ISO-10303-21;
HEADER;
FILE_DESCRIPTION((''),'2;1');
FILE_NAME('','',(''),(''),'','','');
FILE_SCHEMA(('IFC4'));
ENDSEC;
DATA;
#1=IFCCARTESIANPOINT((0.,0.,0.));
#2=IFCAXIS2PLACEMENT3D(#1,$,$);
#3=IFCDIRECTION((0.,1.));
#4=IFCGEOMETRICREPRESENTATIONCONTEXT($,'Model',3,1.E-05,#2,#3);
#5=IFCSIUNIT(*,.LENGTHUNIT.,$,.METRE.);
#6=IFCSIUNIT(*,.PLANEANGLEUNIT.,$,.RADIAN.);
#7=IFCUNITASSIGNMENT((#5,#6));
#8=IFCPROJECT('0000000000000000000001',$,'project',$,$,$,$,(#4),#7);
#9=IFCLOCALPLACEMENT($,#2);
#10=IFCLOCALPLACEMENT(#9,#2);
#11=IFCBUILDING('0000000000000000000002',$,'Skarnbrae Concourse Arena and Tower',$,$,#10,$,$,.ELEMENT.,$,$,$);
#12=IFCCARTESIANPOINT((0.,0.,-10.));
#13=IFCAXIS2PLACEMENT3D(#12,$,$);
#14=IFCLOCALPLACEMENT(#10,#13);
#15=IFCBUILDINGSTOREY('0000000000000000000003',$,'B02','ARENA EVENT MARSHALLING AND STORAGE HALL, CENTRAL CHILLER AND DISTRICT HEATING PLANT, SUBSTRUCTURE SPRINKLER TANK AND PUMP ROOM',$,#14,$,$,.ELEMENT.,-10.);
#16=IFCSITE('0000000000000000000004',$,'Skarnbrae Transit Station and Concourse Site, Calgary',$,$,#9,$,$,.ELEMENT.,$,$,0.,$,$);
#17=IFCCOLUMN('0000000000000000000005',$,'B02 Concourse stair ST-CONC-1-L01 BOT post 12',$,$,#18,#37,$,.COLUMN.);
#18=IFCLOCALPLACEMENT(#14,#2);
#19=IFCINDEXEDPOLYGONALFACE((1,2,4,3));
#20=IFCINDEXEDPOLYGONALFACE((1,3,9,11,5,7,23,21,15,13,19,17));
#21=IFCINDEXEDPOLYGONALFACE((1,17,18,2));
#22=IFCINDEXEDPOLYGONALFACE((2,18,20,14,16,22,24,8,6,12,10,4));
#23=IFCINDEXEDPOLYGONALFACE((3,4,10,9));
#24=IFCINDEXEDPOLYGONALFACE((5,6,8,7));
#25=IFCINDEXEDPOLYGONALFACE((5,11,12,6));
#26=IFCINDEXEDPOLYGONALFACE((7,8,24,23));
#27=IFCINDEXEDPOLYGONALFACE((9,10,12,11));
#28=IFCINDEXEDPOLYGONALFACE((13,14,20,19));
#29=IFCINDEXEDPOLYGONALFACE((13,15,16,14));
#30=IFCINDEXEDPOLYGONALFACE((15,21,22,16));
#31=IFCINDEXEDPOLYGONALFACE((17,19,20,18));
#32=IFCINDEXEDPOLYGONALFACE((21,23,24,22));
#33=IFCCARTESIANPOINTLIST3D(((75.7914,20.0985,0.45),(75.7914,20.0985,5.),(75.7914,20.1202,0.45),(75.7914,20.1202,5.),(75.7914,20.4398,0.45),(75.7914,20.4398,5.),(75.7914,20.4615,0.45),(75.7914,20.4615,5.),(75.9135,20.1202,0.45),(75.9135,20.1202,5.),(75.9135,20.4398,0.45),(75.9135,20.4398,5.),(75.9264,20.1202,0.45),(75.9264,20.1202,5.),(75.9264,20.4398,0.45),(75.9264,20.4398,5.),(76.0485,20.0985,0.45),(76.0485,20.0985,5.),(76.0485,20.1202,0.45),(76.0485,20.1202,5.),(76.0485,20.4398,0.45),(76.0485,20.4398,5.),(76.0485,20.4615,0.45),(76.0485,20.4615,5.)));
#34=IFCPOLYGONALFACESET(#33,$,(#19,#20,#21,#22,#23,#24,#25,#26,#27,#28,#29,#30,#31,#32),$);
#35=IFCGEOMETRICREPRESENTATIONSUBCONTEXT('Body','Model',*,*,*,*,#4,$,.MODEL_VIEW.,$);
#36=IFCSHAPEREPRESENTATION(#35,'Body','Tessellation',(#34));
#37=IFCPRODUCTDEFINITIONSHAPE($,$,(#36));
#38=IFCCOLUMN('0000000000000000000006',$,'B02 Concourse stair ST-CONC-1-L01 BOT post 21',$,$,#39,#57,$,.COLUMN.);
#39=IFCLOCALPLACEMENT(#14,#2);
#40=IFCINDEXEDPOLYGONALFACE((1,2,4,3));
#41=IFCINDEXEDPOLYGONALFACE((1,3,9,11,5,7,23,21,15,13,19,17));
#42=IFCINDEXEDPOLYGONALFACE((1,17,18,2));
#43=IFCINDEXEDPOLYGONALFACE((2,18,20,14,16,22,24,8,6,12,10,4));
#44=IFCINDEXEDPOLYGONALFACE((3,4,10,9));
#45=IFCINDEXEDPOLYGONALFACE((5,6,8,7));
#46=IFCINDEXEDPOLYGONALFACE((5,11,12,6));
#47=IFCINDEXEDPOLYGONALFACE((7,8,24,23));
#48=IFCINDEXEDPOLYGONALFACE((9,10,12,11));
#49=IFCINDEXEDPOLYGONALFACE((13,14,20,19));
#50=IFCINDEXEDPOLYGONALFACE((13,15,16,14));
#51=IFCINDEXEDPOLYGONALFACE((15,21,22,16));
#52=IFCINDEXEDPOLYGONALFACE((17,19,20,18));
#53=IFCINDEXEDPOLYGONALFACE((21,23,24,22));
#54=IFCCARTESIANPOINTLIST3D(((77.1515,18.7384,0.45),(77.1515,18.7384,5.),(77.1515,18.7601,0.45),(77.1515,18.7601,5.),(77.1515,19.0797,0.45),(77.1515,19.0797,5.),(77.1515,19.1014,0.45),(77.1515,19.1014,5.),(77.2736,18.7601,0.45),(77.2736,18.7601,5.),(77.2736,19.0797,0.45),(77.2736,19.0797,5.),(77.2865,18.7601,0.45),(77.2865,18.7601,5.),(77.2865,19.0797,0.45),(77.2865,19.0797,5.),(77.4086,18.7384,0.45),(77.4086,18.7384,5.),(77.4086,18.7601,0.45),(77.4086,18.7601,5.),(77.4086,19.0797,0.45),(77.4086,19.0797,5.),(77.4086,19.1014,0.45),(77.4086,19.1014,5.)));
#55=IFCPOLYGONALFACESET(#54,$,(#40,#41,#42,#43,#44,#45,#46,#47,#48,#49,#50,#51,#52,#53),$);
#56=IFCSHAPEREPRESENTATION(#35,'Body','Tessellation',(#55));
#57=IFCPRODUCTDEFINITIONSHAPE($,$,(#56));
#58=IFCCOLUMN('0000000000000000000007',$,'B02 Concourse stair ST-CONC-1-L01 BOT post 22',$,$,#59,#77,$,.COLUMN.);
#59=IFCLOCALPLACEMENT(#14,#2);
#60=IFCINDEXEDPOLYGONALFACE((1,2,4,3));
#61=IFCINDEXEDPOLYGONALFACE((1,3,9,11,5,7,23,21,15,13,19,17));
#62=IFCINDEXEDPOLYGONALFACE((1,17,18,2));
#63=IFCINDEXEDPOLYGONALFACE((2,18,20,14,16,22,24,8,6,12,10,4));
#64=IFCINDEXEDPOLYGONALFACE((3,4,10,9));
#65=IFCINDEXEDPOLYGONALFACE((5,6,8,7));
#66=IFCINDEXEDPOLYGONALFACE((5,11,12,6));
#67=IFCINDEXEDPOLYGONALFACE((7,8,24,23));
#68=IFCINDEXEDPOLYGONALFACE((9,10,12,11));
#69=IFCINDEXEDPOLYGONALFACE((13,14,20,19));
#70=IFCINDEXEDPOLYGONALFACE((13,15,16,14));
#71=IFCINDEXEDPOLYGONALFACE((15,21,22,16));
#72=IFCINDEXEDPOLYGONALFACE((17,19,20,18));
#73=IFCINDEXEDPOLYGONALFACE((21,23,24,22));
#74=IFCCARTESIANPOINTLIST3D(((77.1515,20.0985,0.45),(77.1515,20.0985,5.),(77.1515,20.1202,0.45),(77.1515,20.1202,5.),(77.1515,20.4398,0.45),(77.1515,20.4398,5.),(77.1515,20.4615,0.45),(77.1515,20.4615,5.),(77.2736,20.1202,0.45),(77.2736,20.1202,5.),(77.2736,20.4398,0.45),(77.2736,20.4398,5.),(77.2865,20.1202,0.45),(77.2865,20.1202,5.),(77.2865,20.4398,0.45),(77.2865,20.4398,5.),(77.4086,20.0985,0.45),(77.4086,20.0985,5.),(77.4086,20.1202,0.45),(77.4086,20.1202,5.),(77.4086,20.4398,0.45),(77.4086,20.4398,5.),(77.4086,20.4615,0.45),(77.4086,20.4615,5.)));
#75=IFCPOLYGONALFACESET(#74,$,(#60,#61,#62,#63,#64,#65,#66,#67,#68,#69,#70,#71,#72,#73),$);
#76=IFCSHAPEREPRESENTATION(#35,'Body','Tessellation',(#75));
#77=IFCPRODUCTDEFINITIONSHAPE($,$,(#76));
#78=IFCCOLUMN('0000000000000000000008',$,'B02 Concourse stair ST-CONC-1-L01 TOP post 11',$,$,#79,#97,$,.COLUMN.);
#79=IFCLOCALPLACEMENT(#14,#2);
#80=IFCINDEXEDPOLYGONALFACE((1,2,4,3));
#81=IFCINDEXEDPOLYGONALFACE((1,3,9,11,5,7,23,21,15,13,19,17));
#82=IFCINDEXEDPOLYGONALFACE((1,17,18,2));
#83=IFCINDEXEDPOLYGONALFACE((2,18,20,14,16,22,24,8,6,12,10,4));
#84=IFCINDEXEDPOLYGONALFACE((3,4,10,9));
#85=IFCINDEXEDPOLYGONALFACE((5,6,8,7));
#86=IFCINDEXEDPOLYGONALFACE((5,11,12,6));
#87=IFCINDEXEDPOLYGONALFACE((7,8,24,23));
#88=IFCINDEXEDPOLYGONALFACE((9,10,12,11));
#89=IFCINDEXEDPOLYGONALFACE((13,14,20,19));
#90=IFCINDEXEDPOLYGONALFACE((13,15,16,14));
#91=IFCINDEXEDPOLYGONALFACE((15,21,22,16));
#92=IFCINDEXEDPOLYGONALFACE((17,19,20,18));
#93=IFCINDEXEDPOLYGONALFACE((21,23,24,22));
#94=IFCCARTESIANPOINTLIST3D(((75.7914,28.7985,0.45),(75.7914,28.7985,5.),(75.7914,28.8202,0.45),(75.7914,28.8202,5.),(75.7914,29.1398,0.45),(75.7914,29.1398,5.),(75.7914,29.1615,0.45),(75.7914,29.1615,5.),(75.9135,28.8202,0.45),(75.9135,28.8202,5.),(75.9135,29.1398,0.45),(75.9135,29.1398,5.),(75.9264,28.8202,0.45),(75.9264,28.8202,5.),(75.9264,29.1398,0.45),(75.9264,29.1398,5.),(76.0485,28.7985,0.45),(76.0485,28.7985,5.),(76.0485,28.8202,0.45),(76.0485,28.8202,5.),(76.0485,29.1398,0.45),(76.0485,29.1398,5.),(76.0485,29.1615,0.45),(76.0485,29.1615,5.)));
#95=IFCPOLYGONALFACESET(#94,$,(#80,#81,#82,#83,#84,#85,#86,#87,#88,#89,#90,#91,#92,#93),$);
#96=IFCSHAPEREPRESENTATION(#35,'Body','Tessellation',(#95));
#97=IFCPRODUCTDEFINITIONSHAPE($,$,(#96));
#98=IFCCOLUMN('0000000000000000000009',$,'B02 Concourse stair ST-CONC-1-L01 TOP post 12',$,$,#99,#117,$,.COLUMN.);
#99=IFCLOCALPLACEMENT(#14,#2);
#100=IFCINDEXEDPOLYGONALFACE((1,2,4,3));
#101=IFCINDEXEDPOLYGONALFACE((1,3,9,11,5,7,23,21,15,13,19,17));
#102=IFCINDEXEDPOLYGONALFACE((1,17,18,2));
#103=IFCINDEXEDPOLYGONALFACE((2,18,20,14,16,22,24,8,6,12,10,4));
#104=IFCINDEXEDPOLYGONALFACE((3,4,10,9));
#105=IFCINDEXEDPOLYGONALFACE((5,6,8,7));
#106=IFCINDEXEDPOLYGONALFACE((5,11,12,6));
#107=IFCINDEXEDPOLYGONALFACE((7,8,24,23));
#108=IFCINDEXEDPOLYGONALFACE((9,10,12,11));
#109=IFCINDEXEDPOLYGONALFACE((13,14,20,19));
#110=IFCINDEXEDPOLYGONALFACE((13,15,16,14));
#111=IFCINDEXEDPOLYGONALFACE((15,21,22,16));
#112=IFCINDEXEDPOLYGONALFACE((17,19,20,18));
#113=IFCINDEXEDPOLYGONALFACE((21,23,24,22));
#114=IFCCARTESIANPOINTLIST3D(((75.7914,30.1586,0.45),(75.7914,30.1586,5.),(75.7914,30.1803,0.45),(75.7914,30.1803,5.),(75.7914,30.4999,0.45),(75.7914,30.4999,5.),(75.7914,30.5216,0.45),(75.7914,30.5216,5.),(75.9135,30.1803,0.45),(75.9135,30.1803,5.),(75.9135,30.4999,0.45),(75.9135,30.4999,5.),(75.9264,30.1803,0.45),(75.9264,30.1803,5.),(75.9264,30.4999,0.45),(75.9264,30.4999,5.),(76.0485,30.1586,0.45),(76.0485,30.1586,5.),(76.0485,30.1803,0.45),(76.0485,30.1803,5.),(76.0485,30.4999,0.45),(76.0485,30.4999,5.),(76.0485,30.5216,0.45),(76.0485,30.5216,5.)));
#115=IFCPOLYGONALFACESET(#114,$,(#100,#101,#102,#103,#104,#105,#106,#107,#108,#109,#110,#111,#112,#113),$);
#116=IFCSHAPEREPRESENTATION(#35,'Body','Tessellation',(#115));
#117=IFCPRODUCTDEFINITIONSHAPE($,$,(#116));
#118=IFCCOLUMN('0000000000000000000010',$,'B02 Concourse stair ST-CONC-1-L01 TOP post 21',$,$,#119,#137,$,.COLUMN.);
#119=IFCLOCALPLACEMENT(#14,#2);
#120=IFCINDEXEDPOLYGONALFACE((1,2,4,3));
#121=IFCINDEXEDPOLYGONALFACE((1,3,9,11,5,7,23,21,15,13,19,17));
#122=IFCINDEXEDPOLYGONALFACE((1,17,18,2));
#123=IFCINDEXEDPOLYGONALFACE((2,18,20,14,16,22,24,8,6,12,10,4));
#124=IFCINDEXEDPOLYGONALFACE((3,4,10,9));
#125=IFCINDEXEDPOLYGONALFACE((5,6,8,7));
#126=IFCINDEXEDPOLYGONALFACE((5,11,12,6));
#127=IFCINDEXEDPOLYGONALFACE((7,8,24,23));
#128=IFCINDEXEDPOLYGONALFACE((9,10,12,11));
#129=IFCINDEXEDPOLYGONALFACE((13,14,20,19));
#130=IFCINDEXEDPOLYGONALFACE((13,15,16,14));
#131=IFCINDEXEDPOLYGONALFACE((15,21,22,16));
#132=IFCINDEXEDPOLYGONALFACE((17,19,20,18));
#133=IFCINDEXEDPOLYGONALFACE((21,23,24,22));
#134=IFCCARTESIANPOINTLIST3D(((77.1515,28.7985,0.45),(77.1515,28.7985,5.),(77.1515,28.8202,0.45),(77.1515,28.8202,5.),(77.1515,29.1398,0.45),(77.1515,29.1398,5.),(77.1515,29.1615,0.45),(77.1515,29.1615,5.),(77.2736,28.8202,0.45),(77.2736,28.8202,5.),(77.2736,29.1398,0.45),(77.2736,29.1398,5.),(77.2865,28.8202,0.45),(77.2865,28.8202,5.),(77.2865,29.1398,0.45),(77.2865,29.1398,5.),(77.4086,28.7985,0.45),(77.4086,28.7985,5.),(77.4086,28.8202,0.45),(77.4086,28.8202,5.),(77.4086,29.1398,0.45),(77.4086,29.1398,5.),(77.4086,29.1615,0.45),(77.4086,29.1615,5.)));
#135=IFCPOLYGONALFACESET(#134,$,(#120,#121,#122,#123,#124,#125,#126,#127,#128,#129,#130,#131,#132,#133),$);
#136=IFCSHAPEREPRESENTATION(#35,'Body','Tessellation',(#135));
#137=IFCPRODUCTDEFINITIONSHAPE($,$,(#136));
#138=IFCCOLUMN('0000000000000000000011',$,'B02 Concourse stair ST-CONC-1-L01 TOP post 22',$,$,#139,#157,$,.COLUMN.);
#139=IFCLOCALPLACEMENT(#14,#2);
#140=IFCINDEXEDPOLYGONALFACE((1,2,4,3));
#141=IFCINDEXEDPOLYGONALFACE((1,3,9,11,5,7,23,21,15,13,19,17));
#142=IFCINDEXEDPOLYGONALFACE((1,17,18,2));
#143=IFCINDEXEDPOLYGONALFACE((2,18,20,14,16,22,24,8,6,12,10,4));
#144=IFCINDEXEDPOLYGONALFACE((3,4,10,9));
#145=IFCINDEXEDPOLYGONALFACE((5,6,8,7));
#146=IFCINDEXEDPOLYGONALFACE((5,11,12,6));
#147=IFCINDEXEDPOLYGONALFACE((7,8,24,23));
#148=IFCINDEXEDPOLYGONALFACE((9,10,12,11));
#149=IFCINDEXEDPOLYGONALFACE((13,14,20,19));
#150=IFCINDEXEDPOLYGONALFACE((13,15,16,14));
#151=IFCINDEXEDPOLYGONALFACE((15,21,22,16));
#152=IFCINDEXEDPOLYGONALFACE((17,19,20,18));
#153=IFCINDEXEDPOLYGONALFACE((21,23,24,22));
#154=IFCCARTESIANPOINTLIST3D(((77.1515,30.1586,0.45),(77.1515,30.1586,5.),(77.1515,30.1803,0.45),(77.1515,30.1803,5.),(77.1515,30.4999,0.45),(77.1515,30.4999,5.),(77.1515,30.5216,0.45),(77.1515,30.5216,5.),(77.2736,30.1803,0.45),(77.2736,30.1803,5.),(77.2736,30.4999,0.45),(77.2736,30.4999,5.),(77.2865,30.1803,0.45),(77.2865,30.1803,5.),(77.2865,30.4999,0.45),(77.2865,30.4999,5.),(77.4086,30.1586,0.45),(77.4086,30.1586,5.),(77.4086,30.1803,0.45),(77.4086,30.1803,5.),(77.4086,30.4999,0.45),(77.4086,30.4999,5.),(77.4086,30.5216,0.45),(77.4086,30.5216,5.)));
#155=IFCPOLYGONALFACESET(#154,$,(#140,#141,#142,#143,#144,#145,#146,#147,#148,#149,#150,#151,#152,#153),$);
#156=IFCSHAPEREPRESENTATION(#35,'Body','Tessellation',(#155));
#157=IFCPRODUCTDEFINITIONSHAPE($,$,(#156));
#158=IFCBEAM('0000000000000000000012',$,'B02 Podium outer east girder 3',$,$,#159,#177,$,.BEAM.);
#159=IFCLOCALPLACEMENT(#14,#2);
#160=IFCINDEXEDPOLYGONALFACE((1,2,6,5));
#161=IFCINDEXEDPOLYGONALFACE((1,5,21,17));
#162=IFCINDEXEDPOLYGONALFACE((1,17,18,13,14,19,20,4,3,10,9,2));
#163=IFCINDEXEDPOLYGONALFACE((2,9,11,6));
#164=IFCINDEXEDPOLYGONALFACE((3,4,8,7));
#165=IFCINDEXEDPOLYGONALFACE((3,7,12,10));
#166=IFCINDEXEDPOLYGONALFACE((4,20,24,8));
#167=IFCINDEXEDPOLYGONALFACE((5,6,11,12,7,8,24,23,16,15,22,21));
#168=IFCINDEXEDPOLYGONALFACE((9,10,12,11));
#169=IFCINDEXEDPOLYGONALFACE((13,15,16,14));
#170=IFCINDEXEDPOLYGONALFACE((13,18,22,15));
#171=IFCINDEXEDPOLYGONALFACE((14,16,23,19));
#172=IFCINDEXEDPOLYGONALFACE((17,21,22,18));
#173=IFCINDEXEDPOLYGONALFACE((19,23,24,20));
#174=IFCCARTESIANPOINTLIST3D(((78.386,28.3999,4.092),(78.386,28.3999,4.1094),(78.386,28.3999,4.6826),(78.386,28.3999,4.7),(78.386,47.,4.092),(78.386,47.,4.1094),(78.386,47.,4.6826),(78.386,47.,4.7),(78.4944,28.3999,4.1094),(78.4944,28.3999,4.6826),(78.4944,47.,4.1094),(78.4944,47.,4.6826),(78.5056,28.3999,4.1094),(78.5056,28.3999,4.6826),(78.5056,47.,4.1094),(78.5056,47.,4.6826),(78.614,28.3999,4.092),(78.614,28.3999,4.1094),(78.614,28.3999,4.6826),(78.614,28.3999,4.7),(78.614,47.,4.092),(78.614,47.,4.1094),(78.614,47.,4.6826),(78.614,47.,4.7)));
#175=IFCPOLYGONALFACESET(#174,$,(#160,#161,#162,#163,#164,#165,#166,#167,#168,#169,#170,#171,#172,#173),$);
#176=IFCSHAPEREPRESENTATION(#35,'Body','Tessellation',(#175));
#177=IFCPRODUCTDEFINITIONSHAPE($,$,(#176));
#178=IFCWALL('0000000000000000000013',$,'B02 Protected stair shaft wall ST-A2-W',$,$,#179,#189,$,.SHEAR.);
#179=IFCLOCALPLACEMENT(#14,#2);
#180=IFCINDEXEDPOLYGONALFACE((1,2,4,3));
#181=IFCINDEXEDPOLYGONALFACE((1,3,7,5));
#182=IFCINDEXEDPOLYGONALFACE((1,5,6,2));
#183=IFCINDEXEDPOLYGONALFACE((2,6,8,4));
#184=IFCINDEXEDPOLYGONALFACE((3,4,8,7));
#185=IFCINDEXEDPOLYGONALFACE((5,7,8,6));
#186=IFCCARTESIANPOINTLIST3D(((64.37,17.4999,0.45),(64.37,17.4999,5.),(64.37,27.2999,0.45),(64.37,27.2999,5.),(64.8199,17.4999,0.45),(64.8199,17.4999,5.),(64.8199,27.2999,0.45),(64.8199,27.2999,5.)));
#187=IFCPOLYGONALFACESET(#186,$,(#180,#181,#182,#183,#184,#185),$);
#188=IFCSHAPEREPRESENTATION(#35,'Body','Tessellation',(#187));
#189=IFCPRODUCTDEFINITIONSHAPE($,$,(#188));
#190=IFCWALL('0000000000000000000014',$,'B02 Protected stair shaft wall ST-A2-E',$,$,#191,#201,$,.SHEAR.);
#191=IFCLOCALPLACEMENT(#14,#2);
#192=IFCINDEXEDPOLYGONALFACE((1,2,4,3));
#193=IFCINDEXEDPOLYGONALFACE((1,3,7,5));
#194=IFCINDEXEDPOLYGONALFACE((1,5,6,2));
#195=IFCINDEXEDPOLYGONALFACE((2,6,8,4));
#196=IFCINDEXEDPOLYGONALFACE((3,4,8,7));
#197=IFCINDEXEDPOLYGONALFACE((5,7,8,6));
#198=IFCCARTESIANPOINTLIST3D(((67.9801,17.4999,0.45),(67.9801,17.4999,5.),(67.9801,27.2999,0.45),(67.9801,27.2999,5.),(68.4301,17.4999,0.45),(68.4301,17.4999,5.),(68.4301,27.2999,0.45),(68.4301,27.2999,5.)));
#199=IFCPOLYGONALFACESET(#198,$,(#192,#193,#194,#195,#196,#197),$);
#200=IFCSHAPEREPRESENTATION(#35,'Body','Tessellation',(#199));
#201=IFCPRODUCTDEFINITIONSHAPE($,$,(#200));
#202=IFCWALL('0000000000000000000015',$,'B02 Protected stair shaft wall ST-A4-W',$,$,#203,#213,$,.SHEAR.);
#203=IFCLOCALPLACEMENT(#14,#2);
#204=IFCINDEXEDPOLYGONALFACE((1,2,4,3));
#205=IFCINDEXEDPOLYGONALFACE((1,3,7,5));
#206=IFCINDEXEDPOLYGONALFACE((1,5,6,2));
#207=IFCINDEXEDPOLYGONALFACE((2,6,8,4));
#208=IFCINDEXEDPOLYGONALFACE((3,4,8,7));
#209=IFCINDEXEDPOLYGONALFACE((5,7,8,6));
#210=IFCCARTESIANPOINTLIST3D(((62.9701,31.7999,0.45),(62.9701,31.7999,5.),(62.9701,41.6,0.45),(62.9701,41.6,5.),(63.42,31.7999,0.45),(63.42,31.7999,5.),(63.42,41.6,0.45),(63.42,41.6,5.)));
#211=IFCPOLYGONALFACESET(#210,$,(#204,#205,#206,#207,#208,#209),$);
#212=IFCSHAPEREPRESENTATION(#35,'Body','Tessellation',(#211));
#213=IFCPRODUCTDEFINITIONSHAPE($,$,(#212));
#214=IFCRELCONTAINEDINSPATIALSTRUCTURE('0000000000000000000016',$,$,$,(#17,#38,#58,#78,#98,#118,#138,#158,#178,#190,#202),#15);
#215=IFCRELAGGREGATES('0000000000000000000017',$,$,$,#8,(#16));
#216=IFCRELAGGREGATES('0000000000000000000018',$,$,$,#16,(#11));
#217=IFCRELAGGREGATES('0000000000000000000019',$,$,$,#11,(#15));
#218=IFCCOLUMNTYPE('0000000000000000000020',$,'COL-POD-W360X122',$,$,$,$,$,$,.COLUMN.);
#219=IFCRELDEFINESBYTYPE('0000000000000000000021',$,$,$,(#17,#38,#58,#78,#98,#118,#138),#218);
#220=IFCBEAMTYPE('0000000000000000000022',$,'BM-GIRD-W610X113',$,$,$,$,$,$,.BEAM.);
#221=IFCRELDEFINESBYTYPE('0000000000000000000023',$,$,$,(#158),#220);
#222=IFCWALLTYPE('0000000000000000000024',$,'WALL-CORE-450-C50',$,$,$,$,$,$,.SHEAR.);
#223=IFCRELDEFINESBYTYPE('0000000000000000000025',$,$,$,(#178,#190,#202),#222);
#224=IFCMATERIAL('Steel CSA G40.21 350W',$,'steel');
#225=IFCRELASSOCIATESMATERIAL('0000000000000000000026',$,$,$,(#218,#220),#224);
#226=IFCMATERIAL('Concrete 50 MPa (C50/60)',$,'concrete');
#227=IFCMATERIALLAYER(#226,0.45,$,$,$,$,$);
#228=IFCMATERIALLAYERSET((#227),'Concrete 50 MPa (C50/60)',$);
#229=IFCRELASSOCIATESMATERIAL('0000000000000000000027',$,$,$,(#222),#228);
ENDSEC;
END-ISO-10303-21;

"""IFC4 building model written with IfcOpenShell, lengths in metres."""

from ifc_helpers import new_model, si_unit, direction, frame, frame_2d, origin, origin_2d, place, context, subcontext, project, spatial, rectangle, i_section, extrude, source, transform, mapped, material, layer, layer_set, material_profile, profile_set, type_object, element, save


model = new_model("IFC4")

# Units and contexts
model_context = context("Model", 3, precision=1e-05, world=origin(), true_north=direction((0.0, 1.0)))
body_context = subcontext(model_context, "Body", "Model", "MODEL_VIEW")
ifc_project = project(units=[si_unit("LENGTHUNIT", "METRE"), si_unit("PLANEANGLEUNIT", "RADIAN")], contexts=[model_context])

# Site, building, storey
site_placement = place(None, origin())
site = spatial("IfcSite", under=ifc_project, at=site_placement, Name="Skarnbrae Transit Station and Concourse Site, Calgary", CompositionType="ELEMENT", RefElevation=0.0)
building_placement = place(site_placement, origin())
building = spatial("IfcBuilding", under=site, at=building_placement, Name="Skarnbrae Concourse Arena and Tower", CompositionType="ELEMENT")
storey_placement = place(building_placement, frame((0.0, 0.0, -10.0)))
storey = spatial("IfcBuildingStorey", under=building, at=storey_placement, Name="B02", Description="ARENA EVENT MARSHALLING AND STORAGE HALL, CENTRAL CHILLER AND DISTRICT HEATING PLANT, SUBSTRUCTURE SPRINKLER TANK AND PUMP ROOM", CompositionType="ELEMENT", Elevation=-10.0)

# Shared definitions
ifc_material_1 = material(Name="Concrete 50 MPa (C50/60)", Category="concrete")

# Columns
ifc_material_2 = material(Name="Steel CSA G40.21 350W", Category="steel")
ifc_material_profile_1 = material_profile(ifc_material_2, i_section(OverallWidth=0.2571, OverallDepth=0.363, WebThickness=0.0129, FlangeThickness=0.0217, at=origin_2d()), Name="W360X122")
ifc_profile_set_1 = profile_set([ifc_material_profile_1], Name="Steel CSA G40.21 350W")
column_type = type_object("IfcColumnType", Name="COL-POD-W360X122", PredefinedType="COLUMN", material=ifc_profile_set_1)
shared_shape_1 = source(origin(), body_context, "Body", "SweptSolid", [
    extrude(i_section(OverallWidth=0.2571, OverallDepth=0.363, WebThickness=0.0129, FlangeThickness=0.0217, at=origin_2d()), origin(), (0.0, 0.0, 1.0), 4.55),
])
for number, where, z_axis, x_axis, name in (
    (1, (75.9199, 20.28, 0.45), (0.0, 0.0, 1.0), (1.0, 0.0, 0.0), "B02 Concourse stair ST-CONC-1-L01 BOT post 12"),
    (2, (77.28, 18.9199, 0.45), (0.0, 0.0, 1.0), (1.0, 0.0, 0.0), "B02 Concourse stair ST-CONC-1-L01 BOT post 21"),
    (3, (77.28, 20.28, 0.45), (0.0, 0.0, 1.0), (1.0, 0.0, 0.0), "B02 Concourse stair ST-CONC-1-L01 BOT post 22"),
    (4, (75.9199, 28.98, 0.45), (0.0, 0.0, 1.0), (1.0, 0.0, 0.0), "B02 Concourse stair ST-CONC-1-L01 TOP post 11"),
    (5, (75.9199, 30.3401, 0.45), (0.0, 0.0, 1.0), (1.0, 0.0, 0.0), "B02 Concourse stair ST-CONC-1-L01 TOP post 12"),
    (6, (77.28, 28.98, 0.45), (0.0, 0.0, 1.0), (1.0, 0.0, 0.0), "B02 Concourse stair ST-CONC-1-L01 TOP post 21"),
    (7, (77.28, 30.3401, 0.45), (0.0, 0.0, 1.0), (1.0, 0.0, 0.0), "B02 Concourse stair ST-CONC-1-L01 TOP post 22"),
):
    element("IfcColumn", number, at=place(storey_placement, frame(where, z_axis=z_axis, x_axis=x_axis)), inside=storey, type_object=column_type, Name=name, PredefinedType="COLUMN", context=body_context, shape_type="MappedRepresentation", body=[
        mapped(shared_shape_1, transform((0.0, 0.0, 0.0))),
    ])

# Beam
ifc_material_profile_2 = material_profile(ifc_material_2, i_section(OverallWidth=0.228, OverallDepth=0.6079, WebThickness=0.0112, FlangeThickness=0.0173, at=origin_2d()), Name="W610X113")
ifc_profile_set_2 = profile_set([ifc_material_profile_2], Name="Steel CSA G40.21 350W")
beam_type = type_object("IfcBeamType", Name="BM-GIRD-W610X113", PredefinedType="BEAM", material=ifc_profile_set_2)
shared_shape_2 = source(origin(), body_context, "Body", "SweptSolid", [
    extrude(i_section(OverallWidth=0.228, OverallDepth=0.6079, WebThickness=0.0112, FlangeThickness=0.0173, at=origin_2d()), origin(), (0.0, 0.0, 1.0), 18.6001),
])
beam_placement = place(storey_placement, frame((78.5, 28.3999, 4.396), z_axis=(0.0, 1.0, 0.0), x_axis=(-1.0, 0.0, 0.0)))
element("IfcBeam", 8, at=beam_placement, inside=storey, type_object=beam_type, Name="B02 Podium outer east girder 3", PredefinedType="BEAM", context=body_context, shape_type="MappedRepresentation", body=[
    mapped(shared_shape_2, transform((0.0, 0.0, 0.0))),
])

# Walls
ifc_layer = layer(ifc_material_1, 0.45)
ifc_layer_set = layer_set([ifc_layer], Name="Concrete 50 MPa (C50/60)")
wall_type = type_object("IfcWallType", Name="WALL-CORE-450-C50", PredefinedType="SHEAR", material=ifc_layer_set)
shared_shape_3 = source(origin(), body_context, "Body", "SweptSolid", [
    extrude(rectangle(XDim=9.8, YDim=0.45, at=frame_2d((4.8999, 0.0))), origin(), (0.0, 0.0, 1.0), 4.55),
])
for number, where, z_axis, x_axis, name in (
    (9, (64.595, 17.5, 0.45), (0.0, 0.0, 1.0), (0.0, 1.0, 0.0), "B02 Protected stair shaft wall ST-A2-W"),
    (10, (68.2051, 17.5, 0.45), (0.0, 0.0, 1.0), (0.0, 1.0, 0.0), "B02 Protected stair shaft wall ST-A2-E"),
    (11, (63.1951, 31.8, 0.45), (0.0, 0.0, 1.0), (0.0, 1.0, 0.0), "B02 Protected stair shaft wall ST-A4-W"),
):
    element("IfcWall", number, at=place(storey_placement, frame(where, z_axis=z_axis, x_axis=x_axis)), inside=storey, type_object=wall_type, Name=name, PredefinedType="SHEAR", context=body_context, shape_type="MappedRepresentation", body=[
        mapped(shared_shape_3, transform((0.0, 0.0, 0.0))),
    ])

save(model, "model.ifc")
